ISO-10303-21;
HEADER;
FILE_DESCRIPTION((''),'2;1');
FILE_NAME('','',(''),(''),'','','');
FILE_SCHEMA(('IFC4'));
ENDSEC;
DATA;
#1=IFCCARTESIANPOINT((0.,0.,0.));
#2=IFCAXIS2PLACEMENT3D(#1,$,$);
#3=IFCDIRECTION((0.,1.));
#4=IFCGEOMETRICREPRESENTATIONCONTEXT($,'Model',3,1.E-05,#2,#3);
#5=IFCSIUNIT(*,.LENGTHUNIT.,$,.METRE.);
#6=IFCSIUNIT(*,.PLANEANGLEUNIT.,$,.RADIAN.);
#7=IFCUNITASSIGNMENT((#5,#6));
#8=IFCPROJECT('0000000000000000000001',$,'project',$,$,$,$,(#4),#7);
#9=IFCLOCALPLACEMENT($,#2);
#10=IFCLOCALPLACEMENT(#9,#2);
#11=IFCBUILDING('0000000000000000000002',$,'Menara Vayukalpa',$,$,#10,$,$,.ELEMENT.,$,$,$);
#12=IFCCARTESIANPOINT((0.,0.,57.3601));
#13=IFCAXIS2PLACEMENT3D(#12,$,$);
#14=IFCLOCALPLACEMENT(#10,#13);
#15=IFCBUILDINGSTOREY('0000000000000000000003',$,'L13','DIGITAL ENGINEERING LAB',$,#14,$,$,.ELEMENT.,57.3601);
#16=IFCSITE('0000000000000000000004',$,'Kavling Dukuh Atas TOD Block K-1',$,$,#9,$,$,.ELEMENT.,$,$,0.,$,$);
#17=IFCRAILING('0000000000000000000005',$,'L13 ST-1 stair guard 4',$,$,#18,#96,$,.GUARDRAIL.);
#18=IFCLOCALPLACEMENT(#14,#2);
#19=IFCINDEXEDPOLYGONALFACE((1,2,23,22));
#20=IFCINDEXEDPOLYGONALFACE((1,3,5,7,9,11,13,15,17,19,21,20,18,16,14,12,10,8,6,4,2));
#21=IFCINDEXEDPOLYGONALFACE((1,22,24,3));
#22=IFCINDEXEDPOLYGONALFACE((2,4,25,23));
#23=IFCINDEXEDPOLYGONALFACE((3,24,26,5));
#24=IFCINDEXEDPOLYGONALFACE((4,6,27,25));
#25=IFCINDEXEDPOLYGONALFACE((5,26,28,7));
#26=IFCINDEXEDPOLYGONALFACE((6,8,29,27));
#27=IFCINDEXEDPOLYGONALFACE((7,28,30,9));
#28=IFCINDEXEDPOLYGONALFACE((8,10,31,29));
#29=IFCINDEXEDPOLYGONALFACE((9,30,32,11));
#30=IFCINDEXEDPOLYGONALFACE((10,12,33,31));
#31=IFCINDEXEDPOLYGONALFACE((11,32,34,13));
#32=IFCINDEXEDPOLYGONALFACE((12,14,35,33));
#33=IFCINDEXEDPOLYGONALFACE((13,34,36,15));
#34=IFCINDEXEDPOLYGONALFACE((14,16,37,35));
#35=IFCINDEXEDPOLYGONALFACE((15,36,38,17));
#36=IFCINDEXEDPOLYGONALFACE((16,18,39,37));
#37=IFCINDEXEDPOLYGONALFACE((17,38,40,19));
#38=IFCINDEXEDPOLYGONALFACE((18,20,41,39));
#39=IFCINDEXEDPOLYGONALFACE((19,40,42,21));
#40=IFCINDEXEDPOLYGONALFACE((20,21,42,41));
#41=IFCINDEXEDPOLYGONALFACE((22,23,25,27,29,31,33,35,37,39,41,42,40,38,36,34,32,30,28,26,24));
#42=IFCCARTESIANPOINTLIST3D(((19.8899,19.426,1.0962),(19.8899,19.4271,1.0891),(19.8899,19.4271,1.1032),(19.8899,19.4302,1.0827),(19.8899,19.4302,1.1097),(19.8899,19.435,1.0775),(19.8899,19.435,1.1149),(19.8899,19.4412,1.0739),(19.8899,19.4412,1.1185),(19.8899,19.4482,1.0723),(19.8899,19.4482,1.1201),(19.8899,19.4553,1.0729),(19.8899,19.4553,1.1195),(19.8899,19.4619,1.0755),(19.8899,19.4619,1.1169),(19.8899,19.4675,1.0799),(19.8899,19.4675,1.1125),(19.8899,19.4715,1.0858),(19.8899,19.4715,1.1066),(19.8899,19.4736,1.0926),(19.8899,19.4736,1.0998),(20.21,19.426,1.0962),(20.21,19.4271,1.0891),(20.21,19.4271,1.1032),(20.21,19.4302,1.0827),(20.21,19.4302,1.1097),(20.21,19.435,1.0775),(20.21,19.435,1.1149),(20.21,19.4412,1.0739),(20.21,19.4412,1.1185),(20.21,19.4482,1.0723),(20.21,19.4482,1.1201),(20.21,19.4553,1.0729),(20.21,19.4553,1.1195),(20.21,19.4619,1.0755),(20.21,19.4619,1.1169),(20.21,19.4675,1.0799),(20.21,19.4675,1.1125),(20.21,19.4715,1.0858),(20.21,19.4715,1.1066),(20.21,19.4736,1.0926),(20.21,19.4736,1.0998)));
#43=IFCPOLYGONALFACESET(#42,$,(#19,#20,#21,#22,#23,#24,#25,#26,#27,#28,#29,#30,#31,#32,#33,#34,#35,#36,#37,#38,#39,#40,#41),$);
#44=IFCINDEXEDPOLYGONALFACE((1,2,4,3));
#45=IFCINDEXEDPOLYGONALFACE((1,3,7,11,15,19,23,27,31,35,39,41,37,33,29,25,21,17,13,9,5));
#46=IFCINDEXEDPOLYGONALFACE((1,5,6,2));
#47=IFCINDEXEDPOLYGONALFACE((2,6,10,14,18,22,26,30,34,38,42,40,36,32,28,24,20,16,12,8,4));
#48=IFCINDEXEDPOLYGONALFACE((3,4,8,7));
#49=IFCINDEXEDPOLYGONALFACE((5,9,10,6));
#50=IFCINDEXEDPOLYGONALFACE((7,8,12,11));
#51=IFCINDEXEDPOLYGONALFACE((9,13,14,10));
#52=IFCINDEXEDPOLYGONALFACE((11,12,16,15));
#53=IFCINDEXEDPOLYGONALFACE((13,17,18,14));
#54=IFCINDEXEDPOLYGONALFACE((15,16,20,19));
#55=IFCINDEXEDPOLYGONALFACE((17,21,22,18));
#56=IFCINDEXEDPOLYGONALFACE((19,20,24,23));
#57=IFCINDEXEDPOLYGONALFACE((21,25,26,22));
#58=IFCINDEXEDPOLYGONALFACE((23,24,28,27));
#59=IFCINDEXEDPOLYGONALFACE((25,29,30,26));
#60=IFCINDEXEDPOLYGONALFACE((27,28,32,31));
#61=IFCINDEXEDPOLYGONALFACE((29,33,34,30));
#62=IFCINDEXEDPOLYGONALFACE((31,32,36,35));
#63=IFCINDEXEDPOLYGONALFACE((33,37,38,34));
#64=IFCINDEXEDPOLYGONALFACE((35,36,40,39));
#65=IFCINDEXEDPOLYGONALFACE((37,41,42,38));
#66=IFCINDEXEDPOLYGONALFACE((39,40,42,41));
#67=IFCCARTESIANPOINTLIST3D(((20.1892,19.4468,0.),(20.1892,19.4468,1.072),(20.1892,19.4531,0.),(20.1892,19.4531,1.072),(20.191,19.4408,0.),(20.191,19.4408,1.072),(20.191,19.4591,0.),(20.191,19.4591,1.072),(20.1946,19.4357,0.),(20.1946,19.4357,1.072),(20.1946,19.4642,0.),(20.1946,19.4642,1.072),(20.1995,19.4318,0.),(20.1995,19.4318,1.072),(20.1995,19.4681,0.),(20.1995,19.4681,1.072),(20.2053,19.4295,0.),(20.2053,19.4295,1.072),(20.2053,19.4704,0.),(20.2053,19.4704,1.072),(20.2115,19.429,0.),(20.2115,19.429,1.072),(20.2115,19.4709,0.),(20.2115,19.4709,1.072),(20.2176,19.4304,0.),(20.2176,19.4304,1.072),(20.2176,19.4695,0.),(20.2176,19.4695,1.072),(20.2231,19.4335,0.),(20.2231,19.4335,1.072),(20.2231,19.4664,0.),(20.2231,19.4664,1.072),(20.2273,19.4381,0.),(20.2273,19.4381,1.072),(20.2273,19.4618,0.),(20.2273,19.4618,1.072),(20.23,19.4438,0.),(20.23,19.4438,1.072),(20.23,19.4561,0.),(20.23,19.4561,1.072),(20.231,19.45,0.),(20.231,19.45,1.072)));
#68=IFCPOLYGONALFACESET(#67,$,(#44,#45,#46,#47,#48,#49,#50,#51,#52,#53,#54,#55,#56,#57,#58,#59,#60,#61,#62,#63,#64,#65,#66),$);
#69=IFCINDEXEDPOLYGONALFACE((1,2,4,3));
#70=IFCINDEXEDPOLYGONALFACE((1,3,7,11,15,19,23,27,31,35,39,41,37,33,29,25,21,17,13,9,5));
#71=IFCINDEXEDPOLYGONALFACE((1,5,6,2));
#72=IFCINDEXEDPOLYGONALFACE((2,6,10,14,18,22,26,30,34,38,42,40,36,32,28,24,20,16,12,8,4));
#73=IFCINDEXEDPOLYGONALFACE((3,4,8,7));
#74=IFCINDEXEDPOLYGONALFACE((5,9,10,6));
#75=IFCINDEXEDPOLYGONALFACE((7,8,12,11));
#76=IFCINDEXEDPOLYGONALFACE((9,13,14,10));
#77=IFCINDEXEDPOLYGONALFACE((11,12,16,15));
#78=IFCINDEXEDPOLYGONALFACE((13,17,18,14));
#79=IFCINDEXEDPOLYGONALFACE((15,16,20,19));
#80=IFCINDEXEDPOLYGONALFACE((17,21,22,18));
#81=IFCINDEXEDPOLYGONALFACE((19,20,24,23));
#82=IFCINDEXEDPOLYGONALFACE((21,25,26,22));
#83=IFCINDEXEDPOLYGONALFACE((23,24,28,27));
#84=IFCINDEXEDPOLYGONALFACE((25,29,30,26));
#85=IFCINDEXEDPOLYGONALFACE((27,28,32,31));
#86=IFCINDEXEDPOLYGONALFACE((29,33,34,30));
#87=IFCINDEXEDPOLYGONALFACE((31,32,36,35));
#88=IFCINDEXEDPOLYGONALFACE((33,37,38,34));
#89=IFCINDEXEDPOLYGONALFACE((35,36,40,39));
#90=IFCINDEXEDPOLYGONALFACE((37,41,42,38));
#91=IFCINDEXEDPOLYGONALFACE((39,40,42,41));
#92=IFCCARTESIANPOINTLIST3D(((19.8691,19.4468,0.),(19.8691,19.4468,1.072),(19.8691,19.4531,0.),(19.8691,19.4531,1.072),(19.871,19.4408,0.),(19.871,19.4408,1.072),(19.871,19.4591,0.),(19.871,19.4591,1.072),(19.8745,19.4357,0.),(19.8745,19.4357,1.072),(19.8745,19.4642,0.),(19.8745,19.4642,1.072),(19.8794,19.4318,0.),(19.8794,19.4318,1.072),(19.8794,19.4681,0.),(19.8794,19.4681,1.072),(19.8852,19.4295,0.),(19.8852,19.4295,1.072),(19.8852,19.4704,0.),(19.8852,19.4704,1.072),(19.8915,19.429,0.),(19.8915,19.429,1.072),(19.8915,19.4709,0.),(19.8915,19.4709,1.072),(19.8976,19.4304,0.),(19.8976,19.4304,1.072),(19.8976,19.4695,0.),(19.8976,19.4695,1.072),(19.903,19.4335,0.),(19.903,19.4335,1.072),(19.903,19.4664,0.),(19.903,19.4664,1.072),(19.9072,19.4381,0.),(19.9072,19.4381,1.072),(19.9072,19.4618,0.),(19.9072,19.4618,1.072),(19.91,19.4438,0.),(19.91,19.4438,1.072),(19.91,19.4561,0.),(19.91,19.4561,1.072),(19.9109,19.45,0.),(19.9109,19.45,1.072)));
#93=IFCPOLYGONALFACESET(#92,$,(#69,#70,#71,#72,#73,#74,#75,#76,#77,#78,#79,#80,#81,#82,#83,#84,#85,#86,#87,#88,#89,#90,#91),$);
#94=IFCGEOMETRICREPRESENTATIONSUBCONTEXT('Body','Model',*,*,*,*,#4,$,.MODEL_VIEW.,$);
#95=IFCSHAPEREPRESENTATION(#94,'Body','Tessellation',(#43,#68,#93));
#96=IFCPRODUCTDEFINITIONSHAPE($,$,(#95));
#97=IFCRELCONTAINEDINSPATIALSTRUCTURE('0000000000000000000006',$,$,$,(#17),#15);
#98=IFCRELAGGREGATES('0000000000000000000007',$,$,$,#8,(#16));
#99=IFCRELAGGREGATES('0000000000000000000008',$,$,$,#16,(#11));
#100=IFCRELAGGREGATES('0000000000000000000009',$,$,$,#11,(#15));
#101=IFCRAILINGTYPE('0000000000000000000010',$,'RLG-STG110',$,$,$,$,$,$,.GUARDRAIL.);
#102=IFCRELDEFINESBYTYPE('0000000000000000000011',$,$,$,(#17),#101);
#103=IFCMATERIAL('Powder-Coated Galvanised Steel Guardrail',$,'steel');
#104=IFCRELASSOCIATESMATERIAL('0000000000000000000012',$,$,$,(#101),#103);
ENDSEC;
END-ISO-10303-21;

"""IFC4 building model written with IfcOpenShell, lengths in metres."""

from ifc_helpers import new_model, si_unit, direction, frame, origin, origin_2d, place, context, subcontext, project, spatial, circle, extrude, material, type_object, element, save


model = new_model("IFC4")

# Units and contexts
model_context = context("Model", 3, precision=1e-05, world=origin(), true_north=direction((0.0, 1.0)))
body_context = subcontext(model_context, "Body", "Model", "MODEL_VIEW")
ifc_project = project(units=[si_unit("LENGTHUNIT", "METRE"), si_unit("PLANEANGLEUNIT", "RADIAN")], contexts=[model_context])

# Site, building, storey
site_placement = place(None, origin())
site = spatial("IfcSite", under=ifc_project, at=site_placement, Name="Kavling Dukuh Atas TOD Block K-1", CompositionType="ELEMENT", RefElevation=0.0)
building_placement = place(site_placement, origin())
building = spatial("IfcBuilding", under=site, at=building_placement, Name="Menara Vayukalpa", CompositionType="ELEMENT")
storey_placement = place(building_placement, frame((0.0, 0.0, 57.3601)))
storey = spatial("IfcBuildingStorey", under=building, at=storey_placement, Name="L13", Description="DIGITAL ENGINEERING LAB", CompositionType="ELEMENT", Elevation=57.3601)

# Railing
ifc_material_1 = material(Name="Powder-Coated Galvanised Steel Guardrail", Category="steel")
railing_type_1 = type_object("IfcRailingType", Name="RLG-STG110", PredefinedType="GUARDRAIL", material=ifc_material_1)
railing_1_placement = place(storey_placement, frame((20.21, 19.45, 0.0)))
element("IfcRailing", 1, at=railing_1_placement, inside=storey, type_object=railing_type_1, Name="L13 ST-1 stair guard 4", PredefinedType="GUARDRAIL", context=body_context, shape_type="SweptSolid", body=[
    extrude(circle(Radius=0.0239, at=origin_2d()), frame((0.0, 0.0, 1.0962), z_axis=(-1.0, 0.0, 0.0), x_axis=(0.0, -1.0, 0.0)), (0.0, 0.0, 1.0), 0.3201),
    extrude(circle(Radius=0.021, at=origin_2d()), origin(), (0.0, 0.0, 1.0), 1.072),
    extrude(circle(Radius=0.021, at=origin_2d()), frame((-0.3201, 0.0, 0.0)), (0.0, 0.0, 1.0), 1.072),
])

save(model, "model.ifc")
